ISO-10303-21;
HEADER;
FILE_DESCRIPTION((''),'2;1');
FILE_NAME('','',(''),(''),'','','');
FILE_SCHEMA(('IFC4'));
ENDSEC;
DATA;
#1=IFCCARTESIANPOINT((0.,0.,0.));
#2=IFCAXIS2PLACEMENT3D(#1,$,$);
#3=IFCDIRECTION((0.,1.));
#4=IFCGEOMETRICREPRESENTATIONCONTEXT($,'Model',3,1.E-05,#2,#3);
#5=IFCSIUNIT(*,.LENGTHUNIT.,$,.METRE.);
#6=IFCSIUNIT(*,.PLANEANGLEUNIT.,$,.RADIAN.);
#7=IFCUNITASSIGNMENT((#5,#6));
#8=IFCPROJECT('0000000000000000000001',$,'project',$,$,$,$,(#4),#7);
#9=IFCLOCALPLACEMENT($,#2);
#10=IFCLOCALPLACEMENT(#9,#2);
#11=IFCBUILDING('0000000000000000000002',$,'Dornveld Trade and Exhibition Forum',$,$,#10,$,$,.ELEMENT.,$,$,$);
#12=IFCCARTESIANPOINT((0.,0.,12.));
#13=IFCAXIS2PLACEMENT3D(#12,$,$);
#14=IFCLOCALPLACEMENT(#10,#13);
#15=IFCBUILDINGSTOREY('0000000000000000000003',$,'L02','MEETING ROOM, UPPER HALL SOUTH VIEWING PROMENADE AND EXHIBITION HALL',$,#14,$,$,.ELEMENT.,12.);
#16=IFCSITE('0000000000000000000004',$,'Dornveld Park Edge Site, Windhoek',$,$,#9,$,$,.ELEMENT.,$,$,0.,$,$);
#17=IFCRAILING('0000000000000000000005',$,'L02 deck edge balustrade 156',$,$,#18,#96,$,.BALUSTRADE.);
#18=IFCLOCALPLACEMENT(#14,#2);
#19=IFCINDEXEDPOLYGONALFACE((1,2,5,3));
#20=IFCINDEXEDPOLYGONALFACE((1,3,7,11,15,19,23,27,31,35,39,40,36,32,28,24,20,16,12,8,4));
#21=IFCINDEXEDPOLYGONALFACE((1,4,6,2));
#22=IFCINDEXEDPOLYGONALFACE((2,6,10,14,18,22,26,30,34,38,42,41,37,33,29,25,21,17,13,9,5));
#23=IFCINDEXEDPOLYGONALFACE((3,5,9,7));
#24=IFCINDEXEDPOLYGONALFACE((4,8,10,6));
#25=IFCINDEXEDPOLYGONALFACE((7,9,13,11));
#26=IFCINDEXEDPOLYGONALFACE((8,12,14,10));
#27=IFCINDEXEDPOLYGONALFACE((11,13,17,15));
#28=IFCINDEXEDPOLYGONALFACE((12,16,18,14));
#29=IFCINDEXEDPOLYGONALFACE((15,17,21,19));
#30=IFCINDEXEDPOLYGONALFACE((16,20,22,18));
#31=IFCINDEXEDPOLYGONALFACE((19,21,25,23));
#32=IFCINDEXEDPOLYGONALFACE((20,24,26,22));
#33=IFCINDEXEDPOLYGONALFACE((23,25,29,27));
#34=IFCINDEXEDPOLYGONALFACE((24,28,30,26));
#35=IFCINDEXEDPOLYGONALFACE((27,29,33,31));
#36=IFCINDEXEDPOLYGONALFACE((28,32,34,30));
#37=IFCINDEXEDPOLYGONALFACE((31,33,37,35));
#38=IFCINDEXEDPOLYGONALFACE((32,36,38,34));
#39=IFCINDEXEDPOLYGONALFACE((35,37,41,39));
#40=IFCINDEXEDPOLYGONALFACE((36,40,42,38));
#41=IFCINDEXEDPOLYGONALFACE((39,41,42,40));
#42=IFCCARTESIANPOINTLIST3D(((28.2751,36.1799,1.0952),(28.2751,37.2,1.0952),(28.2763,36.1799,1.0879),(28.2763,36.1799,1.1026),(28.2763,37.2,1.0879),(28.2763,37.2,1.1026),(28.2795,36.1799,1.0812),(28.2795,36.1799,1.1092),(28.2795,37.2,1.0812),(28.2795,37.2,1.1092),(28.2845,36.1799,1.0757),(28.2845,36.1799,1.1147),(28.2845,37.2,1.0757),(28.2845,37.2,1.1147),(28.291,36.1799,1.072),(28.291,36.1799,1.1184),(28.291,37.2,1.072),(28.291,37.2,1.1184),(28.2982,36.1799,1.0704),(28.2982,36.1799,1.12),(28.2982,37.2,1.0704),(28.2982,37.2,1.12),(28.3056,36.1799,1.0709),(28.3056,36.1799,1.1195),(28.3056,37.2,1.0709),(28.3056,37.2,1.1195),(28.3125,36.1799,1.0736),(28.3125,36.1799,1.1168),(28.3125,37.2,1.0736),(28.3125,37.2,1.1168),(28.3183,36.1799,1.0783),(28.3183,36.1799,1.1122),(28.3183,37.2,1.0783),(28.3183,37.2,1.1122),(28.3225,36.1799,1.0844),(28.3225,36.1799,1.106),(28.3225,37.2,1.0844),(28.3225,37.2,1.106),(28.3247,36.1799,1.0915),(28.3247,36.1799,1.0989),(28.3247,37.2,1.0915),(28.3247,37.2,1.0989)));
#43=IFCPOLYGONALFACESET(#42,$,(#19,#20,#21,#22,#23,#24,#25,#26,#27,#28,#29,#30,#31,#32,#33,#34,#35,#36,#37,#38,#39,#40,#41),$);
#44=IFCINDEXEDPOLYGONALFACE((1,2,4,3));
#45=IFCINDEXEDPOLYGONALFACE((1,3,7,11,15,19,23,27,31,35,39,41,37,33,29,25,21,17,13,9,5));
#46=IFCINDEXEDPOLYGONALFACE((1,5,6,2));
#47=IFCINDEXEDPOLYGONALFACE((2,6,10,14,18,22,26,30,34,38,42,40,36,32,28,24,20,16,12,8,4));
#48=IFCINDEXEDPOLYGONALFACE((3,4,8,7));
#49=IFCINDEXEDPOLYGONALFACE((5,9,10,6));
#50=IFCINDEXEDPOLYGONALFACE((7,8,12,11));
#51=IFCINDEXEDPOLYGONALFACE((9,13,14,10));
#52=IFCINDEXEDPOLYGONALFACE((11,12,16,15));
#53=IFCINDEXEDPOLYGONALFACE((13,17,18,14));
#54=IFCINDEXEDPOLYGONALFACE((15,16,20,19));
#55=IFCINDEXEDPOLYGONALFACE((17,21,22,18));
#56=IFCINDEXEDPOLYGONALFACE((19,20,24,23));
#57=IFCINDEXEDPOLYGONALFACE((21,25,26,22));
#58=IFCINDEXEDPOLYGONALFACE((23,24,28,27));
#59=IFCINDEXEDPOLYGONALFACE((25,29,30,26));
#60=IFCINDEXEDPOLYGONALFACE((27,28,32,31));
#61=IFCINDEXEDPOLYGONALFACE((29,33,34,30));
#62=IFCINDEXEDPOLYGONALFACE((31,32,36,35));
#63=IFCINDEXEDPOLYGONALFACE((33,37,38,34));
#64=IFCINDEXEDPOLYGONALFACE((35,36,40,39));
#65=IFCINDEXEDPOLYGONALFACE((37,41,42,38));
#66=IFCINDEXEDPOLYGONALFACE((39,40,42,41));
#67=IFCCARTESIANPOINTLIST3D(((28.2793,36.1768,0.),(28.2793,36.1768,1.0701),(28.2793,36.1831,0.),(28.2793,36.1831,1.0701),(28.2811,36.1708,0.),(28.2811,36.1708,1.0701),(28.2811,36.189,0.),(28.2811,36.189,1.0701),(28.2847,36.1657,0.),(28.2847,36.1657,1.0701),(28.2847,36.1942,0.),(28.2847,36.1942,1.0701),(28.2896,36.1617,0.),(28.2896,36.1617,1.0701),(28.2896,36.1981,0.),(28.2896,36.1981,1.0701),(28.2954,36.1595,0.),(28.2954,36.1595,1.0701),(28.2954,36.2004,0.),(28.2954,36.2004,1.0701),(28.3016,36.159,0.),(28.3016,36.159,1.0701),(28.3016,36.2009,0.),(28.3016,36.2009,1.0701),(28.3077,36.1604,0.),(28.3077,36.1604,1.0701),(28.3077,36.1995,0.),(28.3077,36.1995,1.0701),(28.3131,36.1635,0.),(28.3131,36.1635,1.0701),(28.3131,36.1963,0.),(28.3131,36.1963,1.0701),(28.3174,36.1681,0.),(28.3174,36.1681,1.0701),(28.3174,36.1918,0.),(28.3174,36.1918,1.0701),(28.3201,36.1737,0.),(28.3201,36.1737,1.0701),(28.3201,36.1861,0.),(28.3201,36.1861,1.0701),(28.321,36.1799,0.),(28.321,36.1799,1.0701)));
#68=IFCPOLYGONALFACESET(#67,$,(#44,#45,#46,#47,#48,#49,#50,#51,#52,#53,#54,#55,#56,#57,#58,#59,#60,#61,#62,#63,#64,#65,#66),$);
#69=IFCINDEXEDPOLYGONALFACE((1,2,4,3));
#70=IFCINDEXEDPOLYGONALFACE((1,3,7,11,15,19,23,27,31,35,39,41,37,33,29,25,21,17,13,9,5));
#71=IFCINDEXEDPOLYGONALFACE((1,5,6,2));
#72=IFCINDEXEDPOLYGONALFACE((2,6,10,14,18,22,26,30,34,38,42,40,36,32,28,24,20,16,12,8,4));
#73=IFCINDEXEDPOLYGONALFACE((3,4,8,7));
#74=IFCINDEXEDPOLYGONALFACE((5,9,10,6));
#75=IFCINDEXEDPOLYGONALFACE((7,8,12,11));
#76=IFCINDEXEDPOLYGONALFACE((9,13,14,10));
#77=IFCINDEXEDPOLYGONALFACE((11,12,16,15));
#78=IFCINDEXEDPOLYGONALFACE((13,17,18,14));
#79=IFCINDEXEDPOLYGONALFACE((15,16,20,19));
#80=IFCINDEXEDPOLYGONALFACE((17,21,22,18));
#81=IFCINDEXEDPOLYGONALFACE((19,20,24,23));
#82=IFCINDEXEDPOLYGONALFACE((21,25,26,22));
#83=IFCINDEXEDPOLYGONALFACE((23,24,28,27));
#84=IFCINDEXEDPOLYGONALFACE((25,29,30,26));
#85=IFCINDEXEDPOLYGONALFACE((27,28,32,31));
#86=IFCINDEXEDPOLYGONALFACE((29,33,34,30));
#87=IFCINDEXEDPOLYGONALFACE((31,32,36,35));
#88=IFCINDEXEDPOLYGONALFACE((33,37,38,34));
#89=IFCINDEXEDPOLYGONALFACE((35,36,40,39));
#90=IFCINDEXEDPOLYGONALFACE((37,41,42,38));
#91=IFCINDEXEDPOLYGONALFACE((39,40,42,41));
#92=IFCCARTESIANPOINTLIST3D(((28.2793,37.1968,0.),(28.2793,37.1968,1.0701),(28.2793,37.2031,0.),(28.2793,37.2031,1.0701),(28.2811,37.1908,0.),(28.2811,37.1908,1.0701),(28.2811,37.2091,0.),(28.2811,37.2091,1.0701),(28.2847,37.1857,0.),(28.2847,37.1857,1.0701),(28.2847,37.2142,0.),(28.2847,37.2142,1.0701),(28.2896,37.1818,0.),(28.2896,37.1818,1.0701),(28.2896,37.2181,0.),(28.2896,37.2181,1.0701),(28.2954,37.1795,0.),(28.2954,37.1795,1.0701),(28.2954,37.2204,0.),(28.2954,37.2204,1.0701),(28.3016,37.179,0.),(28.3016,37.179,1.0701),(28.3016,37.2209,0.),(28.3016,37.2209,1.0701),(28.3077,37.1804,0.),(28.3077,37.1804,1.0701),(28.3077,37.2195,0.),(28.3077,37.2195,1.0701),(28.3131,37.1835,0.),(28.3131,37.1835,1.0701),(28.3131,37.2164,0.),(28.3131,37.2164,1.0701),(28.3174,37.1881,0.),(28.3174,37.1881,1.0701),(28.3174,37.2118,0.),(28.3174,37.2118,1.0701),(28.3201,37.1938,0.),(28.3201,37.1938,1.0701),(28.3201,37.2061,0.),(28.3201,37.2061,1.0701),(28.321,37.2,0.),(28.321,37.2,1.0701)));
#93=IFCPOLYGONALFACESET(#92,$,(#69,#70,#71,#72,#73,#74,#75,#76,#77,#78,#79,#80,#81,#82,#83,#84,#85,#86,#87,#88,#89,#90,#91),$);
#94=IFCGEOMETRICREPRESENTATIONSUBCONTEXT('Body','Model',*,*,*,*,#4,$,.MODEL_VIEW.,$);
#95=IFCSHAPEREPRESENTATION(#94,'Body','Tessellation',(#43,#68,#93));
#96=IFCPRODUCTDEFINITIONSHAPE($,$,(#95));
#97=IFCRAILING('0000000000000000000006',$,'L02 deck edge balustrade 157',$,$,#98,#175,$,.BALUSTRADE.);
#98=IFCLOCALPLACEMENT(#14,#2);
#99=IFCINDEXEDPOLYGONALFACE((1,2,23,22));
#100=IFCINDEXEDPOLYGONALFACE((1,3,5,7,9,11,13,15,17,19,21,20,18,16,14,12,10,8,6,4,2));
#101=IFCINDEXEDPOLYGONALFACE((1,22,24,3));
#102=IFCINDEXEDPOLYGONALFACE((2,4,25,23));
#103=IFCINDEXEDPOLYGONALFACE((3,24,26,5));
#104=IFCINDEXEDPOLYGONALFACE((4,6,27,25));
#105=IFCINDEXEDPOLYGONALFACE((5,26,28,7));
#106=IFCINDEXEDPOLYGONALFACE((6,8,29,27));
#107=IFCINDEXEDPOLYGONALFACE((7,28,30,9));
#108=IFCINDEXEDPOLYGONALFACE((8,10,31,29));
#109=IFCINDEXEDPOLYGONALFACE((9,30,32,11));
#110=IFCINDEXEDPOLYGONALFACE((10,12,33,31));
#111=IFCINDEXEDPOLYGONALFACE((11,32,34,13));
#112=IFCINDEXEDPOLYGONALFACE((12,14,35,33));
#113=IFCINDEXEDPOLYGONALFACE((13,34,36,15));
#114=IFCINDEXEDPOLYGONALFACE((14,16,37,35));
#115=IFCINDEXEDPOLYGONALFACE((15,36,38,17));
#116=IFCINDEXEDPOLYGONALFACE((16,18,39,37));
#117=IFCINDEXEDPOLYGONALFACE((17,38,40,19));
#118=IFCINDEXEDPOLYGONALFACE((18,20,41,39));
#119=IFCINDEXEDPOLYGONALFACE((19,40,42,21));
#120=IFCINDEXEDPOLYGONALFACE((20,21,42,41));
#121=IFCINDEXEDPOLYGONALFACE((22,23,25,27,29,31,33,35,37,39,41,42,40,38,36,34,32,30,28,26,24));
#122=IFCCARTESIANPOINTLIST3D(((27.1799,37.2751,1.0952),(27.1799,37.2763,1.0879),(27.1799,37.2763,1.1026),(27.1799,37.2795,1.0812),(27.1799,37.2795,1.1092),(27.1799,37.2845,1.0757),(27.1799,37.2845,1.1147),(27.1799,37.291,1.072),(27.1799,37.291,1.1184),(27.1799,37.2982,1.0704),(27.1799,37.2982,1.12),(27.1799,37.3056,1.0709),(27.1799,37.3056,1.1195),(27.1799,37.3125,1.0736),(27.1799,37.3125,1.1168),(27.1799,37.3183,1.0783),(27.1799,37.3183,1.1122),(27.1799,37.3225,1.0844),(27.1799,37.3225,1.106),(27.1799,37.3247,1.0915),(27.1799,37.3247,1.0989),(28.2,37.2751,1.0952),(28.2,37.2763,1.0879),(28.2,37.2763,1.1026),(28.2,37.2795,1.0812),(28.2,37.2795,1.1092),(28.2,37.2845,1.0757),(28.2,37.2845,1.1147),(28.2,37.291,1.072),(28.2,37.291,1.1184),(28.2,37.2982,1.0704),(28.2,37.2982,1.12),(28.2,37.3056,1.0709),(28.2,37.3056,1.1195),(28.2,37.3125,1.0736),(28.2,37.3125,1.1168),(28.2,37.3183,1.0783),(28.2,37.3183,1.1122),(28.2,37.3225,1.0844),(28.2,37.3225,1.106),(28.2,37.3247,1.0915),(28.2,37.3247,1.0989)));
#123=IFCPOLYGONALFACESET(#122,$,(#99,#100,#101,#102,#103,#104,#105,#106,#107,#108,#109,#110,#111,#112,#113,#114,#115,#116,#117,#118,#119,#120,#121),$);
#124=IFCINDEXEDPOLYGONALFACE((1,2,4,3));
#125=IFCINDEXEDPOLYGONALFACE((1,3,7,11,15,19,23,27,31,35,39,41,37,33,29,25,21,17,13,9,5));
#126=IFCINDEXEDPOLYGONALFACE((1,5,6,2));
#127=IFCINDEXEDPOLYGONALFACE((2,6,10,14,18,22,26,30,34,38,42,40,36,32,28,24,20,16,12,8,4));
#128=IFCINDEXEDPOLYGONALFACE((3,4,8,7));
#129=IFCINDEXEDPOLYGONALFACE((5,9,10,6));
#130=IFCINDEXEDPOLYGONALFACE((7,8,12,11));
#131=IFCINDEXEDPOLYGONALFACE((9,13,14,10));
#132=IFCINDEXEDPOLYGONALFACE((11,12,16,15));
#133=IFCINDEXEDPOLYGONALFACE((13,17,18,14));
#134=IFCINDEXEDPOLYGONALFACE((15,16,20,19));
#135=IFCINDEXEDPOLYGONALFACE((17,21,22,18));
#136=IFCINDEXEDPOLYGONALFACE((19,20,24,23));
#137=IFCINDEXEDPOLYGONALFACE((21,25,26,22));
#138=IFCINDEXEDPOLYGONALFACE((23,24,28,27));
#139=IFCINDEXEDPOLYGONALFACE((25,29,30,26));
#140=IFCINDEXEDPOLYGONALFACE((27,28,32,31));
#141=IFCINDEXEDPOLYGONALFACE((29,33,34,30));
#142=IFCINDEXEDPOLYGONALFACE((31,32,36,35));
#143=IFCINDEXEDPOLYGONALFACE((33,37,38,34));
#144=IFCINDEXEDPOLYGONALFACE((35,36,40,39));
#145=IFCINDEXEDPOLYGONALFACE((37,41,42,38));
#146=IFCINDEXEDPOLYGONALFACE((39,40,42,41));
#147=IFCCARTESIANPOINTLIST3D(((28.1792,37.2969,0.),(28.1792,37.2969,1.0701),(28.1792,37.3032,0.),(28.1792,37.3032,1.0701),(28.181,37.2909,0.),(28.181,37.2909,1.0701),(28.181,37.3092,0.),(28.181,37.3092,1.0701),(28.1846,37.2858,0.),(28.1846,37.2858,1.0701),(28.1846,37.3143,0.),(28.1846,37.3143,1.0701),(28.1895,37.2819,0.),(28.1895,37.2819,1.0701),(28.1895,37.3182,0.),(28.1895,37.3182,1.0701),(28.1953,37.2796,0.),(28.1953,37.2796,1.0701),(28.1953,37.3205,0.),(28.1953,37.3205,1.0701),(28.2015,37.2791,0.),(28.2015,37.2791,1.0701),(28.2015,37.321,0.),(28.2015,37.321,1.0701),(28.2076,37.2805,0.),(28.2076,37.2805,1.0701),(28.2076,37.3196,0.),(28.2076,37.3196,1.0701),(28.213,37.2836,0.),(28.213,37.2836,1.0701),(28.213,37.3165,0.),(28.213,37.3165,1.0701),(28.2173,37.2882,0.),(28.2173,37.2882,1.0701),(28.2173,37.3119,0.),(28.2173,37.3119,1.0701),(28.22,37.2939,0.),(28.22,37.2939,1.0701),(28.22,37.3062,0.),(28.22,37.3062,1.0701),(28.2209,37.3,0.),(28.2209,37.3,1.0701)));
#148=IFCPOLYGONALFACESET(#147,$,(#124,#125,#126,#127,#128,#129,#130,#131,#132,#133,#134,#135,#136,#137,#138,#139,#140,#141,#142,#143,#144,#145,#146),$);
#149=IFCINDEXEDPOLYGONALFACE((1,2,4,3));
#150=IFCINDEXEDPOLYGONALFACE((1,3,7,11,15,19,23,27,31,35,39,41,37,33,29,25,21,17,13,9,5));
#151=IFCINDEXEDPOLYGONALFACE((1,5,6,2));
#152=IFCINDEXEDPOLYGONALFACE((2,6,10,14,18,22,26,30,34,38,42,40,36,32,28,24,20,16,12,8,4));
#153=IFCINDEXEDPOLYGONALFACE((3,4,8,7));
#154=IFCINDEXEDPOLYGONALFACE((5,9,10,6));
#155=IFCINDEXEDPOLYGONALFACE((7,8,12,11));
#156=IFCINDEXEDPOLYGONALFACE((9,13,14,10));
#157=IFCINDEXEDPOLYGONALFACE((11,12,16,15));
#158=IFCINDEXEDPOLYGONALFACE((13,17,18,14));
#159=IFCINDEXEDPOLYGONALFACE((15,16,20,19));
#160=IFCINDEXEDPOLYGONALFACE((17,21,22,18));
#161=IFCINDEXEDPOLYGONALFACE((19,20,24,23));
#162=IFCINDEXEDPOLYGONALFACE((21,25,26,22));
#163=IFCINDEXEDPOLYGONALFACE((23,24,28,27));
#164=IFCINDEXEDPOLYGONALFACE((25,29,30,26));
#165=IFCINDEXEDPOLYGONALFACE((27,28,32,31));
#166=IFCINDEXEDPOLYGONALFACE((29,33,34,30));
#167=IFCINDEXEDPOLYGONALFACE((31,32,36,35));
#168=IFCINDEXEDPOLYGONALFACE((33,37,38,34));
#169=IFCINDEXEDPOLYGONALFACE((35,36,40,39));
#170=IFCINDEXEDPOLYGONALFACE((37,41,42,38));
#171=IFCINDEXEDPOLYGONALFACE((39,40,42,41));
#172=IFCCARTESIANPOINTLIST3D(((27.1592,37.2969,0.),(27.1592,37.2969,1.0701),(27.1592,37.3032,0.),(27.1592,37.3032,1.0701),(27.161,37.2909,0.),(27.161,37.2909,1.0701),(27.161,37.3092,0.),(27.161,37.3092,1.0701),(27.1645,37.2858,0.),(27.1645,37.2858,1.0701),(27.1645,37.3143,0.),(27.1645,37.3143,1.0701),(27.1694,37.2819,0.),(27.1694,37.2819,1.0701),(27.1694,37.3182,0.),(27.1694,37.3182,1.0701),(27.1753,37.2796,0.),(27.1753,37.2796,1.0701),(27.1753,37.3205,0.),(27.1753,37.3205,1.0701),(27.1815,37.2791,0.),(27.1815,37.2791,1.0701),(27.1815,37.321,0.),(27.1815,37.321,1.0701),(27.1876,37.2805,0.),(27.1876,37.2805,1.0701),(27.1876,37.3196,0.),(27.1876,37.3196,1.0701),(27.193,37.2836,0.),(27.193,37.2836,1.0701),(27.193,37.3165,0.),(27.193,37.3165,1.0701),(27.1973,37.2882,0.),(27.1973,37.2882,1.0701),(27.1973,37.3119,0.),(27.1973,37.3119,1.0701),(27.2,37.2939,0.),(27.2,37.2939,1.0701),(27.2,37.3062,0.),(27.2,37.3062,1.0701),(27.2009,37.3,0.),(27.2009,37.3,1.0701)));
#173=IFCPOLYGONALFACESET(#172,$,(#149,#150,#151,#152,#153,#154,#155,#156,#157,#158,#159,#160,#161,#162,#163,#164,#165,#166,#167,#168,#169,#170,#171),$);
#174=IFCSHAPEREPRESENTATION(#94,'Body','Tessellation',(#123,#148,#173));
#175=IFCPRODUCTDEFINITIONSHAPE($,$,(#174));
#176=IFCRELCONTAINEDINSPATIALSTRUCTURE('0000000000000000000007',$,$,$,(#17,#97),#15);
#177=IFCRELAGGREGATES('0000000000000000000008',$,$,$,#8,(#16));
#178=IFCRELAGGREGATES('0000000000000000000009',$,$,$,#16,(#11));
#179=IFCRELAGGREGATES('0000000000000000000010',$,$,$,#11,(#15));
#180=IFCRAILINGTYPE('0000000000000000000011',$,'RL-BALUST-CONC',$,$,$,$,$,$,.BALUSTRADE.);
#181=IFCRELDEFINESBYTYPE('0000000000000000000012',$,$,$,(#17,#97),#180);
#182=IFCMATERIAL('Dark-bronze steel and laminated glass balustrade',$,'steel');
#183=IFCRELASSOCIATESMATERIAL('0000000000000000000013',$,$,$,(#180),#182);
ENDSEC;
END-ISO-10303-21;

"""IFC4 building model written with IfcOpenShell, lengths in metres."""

from ifc_helpers import new_model, si_unit, direction, frame, origin, origin_2d, place, context, subcontext, project, spatial, circle, extrude, material, type_object, element, save


model = new_model("IFC4")

# Units and contexts
model_context = context("Model", 3, precision=1e-05, world=origin(), true_north=direction((0.0, 1.0)))
body_context = subcontext(model_context, "Body", "Model", "MODEL_VIEW")
ifc_project = project(units=[si_unit("LENGTHUNIT", "METRE"), si_unit("PLANEANGLEUNIT", "RADIAN")], contexts=[model_context])

# Site, building, storey
site_placement = place(None, origin())
site = spatial("IfcSite", under=ifc_project, at=site_placement, Name="Dornveld Park Edge Site, Windhoek", CompositionType="ELEMENT", RefElevation=0.0)
building_placement = place(site_placement, origin())
building = spatial("IfcBuilding", under=site, at=building_placement, Name="Dornveld Trade and Exhibition Forum", CompositionType="ELEMENT")
storey_placement = place(building_placement, frame((0.0, 0.0, 12.0)))
storey = spatial("IfcBuildingStorey", under=building, at=storey_placement, Name="L02", Description="MEETING ROOM, UPPER HALL SOUTH VIEWING PROMENADE AND EXHIBITION HALL", CompositionType="ELEMENT", Elevation=12.0)

# Railings
ifc_material_1 = material(Name="Dark-bronze steel and laminated glass balustrade", Category="steel")
railing_type_1 = type_object("IfcRailingType", Name="RL-BALUST-CONC", PredefinedType="BALUSTRADE", material=ifc_material_1)
railing_1_placement = place(storey_placement, frame((28.3, 36.1799, 0.0)))
element("IfcRailing", 1, at=railing_1_placement, inside=storey, type_object=railing_type_1, Name="L02 deck edge balustrade 156", PredefinedType="BALUSTRADE", context=body_context, shape_type="SweptSolid", body=[
    extrude(circle(Radius=0.0249, at=origin_2d()), frame((0.0, 0.0, 1.0952), z_axis=(0.0, 1.0, 0.0), x_axis=(-1.0, 0.0, 0.0)), (0.0, 0.0, 1.0), 1.02),
    extrude(circle(Radius=0.021, at=origin_2d()), origin(), (0.0, 0.0, 1.0), 1.0701),
    extrude(circle(Radius=0.021, at=origin_2d()), frame((0.0, 1.02, 0.0)), (0.0, 0.0, 1.0), 1.0701),
])
railing_2_placement = place(storey_placement, frame((28.2, 37.3, 0.0)))
element("IfcRailing", 2, at=railing_2_placement, inside=storey, type_object=railing_type_1, Name="L02 deck edge balustrade 157", PredefinedType="BALUSTRADE", context=body_context, shape_type="SweptSolid", body=[
    extrude(circle(Radius=0.0249, at=origin_2d()), frame((0.0, 0.0, 1.0952), z_axis=(-1.0, 0.0, 0.0), x_axis=(0.0, -1.0, 0.0)), (0.0, 0.0, 1.0), 1.02),
    extrude(circle(Radius=0.021, at=origin_2d()), origin(), (0.0, 0.0, 1.0), 1.0701),
    extrude(circle(Radius=0.021, at=origin_2d()), frame((-1.02, 0.0, 0.0)), (0.0, 0.0, 1.0), 1.0701),
])

save(model, "model.ifc")
